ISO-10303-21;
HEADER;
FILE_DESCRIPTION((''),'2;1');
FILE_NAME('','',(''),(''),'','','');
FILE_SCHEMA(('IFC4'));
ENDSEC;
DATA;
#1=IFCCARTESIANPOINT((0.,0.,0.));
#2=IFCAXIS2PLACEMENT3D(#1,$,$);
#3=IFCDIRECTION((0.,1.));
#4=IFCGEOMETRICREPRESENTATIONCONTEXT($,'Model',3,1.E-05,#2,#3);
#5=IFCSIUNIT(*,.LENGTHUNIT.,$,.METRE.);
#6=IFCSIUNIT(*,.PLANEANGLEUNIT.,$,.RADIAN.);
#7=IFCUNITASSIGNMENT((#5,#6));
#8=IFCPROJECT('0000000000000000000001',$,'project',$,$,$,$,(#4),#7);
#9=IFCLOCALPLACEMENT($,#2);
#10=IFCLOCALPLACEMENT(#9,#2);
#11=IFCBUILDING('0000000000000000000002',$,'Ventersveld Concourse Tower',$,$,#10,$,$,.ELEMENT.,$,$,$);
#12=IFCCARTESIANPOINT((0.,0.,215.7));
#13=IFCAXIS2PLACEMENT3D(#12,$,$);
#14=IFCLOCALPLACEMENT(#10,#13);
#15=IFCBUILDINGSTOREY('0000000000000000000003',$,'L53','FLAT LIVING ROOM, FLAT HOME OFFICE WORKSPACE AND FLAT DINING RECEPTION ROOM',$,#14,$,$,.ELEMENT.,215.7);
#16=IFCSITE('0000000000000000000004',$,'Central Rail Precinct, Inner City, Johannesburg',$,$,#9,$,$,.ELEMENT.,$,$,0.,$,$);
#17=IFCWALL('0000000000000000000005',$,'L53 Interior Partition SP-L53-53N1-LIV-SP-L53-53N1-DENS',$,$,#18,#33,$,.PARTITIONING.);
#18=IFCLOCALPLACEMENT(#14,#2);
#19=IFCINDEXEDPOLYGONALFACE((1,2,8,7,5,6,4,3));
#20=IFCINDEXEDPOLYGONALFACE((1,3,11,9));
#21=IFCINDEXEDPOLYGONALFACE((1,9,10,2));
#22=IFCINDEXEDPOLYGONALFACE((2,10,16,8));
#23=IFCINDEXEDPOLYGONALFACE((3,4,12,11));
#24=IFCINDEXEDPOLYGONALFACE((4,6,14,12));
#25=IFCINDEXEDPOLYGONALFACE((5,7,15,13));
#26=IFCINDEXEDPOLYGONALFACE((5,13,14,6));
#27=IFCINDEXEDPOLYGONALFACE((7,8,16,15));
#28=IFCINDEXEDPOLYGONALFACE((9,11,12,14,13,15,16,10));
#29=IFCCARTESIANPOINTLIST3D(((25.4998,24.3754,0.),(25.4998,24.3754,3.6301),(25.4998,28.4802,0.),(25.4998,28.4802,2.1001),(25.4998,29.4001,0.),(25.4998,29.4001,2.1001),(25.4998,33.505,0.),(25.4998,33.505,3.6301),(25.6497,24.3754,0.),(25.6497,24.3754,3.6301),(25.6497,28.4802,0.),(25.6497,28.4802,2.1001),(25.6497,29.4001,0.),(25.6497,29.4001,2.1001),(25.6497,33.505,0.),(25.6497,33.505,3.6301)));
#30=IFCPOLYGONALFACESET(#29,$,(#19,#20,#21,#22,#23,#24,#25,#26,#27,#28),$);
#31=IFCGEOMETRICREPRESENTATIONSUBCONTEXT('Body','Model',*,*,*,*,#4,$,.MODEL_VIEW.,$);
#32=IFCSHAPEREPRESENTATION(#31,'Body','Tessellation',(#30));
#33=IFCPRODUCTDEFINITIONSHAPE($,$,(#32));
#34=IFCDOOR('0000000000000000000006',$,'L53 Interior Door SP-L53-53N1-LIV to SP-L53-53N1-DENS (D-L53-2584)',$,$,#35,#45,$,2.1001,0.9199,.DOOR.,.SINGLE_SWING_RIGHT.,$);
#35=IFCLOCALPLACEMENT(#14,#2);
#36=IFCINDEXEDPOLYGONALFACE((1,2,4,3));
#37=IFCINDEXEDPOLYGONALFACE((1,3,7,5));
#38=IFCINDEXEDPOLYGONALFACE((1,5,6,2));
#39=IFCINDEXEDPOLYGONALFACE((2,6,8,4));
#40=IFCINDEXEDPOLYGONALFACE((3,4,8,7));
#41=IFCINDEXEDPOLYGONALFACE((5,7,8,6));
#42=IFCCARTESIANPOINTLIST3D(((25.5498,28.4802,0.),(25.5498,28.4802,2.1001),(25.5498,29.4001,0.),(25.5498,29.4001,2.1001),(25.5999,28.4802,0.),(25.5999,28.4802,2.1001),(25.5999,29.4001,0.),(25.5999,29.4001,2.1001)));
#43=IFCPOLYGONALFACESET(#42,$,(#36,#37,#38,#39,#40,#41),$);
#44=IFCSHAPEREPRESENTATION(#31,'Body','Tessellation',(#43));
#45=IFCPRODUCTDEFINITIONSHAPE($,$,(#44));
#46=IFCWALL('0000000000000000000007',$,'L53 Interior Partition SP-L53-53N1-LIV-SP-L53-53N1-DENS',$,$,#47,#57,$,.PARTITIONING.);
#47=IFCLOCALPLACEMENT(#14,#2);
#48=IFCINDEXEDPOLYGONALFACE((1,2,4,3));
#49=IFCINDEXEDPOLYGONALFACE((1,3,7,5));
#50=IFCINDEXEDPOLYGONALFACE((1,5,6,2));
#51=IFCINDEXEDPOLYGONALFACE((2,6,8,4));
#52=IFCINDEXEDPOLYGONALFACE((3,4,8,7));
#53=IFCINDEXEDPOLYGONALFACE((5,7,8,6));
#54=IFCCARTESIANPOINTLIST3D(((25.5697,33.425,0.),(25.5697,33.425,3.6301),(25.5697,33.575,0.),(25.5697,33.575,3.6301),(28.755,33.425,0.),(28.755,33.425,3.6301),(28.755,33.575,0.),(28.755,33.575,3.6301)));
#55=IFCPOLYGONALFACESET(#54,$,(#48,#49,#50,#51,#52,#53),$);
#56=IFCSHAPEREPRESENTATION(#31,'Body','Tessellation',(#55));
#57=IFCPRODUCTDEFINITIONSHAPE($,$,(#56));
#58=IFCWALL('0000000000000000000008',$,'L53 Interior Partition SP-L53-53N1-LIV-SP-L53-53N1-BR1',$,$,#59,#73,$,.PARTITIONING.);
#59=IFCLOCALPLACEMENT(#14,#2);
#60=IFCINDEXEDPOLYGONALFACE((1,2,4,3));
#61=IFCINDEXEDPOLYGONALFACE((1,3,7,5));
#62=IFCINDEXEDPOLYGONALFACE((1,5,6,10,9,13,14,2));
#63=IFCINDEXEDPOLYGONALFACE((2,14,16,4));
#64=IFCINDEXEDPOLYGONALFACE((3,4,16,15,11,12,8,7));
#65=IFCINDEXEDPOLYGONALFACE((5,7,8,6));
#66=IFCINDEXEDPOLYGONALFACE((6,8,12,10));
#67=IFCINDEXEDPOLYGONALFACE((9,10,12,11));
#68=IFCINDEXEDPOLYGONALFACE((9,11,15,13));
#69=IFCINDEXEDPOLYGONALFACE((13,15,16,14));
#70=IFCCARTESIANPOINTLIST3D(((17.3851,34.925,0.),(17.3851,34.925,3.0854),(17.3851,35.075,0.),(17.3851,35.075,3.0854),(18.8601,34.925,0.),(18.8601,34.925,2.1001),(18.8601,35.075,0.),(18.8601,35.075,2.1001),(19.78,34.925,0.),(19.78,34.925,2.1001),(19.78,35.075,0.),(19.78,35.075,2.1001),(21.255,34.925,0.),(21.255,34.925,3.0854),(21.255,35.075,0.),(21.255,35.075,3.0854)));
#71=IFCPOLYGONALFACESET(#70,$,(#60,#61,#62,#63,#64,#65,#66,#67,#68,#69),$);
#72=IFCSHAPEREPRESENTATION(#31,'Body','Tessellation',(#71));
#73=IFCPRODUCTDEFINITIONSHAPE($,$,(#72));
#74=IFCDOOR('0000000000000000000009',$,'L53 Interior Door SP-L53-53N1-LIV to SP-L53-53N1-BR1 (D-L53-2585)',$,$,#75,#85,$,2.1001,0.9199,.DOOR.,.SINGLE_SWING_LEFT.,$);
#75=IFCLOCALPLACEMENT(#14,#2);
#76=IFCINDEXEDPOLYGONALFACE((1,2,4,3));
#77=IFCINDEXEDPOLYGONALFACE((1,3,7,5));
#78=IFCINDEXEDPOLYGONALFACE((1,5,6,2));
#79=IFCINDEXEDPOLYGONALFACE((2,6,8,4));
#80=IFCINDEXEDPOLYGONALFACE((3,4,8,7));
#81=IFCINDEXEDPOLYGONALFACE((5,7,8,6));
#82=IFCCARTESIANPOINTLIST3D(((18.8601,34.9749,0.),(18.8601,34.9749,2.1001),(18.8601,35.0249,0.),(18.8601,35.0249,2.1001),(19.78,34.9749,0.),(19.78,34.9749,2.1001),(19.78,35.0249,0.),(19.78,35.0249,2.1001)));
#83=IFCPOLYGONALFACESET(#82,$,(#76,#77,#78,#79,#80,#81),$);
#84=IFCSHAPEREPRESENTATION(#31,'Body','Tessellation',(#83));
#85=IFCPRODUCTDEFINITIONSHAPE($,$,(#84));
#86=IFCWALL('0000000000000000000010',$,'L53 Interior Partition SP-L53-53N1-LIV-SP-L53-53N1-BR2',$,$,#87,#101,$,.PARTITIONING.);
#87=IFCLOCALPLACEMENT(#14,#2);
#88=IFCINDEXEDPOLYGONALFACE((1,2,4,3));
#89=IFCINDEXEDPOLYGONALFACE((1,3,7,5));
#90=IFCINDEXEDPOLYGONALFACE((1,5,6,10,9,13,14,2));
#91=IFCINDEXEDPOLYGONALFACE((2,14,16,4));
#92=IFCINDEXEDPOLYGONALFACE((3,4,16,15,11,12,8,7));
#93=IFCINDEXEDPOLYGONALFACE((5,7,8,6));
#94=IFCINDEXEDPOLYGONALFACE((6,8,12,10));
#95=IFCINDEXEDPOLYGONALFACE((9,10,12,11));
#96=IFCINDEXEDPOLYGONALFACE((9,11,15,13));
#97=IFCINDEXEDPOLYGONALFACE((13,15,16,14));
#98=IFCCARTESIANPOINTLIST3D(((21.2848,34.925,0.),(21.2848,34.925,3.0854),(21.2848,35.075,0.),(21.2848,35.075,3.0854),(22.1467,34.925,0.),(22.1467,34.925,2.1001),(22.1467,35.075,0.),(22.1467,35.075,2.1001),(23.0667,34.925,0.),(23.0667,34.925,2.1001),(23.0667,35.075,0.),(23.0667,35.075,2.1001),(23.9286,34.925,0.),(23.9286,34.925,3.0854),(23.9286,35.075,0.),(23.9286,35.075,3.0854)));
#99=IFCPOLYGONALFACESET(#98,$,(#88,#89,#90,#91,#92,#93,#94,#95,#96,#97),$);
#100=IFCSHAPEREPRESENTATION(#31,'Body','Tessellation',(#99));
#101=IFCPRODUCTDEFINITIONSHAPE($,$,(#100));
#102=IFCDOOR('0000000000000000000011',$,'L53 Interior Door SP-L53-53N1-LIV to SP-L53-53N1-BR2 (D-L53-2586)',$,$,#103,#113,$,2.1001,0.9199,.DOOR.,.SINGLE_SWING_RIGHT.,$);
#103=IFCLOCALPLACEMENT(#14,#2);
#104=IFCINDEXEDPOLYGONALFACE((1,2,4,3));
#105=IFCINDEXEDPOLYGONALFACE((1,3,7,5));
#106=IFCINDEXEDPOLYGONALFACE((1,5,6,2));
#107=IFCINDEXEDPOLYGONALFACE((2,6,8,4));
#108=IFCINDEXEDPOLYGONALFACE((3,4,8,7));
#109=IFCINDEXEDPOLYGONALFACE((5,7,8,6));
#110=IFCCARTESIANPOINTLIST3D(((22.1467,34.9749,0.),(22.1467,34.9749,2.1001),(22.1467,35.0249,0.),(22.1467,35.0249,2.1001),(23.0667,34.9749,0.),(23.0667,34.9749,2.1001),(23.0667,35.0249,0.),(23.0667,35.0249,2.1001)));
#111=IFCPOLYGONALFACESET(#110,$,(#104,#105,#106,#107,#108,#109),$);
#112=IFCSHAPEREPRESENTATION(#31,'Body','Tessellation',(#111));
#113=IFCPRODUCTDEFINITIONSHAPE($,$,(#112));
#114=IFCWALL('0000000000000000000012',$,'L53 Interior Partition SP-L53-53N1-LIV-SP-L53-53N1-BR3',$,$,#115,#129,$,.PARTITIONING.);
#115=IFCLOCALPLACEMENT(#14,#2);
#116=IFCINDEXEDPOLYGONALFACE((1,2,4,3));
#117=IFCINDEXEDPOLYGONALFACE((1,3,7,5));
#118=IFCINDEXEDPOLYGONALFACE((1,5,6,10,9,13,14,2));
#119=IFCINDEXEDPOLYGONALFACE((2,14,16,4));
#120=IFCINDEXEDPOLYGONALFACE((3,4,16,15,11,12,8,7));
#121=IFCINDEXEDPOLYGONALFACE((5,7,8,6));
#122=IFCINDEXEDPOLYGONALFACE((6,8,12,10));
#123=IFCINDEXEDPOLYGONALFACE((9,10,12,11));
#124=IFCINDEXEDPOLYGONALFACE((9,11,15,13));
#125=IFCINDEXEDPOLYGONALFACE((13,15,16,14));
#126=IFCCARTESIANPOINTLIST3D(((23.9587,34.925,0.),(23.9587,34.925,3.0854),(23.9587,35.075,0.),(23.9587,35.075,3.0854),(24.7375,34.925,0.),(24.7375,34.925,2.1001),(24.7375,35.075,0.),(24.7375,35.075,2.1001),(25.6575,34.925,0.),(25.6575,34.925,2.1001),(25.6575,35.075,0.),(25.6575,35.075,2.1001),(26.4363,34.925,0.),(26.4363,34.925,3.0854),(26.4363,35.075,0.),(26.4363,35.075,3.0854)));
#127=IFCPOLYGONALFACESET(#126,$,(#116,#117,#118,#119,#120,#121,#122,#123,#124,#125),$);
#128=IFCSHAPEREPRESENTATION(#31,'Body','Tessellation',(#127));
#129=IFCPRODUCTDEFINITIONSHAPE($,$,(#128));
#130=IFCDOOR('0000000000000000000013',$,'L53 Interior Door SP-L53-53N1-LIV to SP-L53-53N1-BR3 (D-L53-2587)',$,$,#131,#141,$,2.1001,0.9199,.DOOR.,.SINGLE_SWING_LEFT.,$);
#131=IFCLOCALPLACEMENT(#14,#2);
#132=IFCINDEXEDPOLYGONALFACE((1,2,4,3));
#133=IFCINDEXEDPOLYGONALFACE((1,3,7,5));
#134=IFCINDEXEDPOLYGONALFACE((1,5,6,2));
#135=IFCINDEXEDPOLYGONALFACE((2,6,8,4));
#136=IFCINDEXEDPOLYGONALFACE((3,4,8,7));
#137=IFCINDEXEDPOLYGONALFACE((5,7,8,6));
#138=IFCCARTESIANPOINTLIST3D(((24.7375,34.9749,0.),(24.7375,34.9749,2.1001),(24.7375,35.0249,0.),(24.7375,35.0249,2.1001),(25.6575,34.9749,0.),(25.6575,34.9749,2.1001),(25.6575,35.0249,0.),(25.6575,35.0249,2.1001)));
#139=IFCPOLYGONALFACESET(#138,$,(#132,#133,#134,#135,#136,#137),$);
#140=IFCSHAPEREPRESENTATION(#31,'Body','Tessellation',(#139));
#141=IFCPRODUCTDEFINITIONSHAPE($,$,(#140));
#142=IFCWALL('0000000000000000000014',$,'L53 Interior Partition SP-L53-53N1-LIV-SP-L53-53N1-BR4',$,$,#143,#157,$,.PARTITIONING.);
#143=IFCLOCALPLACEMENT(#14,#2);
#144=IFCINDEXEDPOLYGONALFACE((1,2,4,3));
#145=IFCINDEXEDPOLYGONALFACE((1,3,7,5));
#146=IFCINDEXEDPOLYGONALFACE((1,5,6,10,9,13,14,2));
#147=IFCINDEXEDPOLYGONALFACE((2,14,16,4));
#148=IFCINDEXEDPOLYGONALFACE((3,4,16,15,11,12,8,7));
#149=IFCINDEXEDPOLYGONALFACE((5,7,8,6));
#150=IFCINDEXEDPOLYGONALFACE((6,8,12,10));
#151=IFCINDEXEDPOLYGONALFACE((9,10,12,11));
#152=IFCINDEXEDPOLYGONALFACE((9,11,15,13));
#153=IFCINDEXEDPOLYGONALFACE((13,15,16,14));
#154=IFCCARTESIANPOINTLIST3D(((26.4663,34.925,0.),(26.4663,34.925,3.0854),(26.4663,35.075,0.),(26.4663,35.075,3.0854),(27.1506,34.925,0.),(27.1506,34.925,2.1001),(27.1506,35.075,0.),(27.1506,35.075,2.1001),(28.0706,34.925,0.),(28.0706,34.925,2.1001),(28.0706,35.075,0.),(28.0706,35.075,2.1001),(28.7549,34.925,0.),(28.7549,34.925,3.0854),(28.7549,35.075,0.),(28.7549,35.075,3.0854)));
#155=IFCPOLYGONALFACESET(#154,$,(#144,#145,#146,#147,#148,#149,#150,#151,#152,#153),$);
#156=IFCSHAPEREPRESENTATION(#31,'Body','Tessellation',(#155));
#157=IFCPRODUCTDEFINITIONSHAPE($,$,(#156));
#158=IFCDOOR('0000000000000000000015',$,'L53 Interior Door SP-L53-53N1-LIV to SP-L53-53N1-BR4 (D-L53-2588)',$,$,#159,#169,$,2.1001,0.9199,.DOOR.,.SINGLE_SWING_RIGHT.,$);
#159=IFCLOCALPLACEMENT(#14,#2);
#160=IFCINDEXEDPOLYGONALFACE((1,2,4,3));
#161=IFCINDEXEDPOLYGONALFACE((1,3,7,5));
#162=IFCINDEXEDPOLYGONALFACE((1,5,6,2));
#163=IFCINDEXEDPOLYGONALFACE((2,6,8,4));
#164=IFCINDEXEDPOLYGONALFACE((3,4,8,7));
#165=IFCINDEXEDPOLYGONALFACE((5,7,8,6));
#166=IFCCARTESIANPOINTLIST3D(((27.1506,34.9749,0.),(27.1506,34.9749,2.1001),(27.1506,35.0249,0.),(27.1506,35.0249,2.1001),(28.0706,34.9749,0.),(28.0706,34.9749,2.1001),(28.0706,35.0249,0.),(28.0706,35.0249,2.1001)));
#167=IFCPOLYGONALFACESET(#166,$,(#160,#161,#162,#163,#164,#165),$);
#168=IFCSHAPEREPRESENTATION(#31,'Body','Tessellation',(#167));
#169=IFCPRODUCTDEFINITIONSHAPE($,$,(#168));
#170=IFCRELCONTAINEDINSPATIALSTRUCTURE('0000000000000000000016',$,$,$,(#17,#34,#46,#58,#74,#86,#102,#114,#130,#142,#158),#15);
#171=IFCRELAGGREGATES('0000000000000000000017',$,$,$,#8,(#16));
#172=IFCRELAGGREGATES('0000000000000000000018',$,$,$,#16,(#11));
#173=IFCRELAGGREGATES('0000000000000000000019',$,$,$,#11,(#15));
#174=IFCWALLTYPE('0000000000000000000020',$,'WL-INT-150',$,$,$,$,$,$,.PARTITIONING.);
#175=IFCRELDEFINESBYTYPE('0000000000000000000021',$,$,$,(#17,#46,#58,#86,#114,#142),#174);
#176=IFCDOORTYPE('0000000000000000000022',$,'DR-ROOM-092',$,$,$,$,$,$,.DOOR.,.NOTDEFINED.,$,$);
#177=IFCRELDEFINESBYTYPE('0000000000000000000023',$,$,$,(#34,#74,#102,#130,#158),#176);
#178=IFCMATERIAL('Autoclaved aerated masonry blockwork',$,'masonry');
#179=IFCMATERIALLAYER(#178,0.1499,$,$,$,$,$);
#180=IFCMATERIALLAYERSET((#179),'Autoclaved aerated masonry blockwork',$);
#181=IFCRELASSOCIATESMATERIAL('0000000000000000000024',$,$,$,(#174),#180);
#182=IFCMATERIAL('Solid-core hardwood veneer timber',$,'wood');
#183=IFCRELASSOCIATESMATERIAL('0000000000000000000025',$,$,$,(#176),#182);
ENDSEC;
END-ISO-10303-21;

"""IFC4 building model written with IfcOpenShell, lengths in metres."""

from ifc_helpers import new_model, si_unit, direction, frame, frame_2d, origin, place, context, subcontext, project, spatial, rectangle, extrude, material, layer, layer_set, type_object, element, fill, save


model = new_model("IFC4")

# Units and contexts
model_context = context("Model", 3, precision=1e-05, world=origin(), true_north=direction((0.0, 1.0)))
body_context = subcontext(model_context, "Body", "Model", "MODEL_VIEW")
ifc_project = project(units=[si_unit("LENGTHUNIT", "METRE"), si_unit("PLANEANGLEUNIT", "RADIAN")], contexts=[model_context])

# Site, building, storey
site_placement = place(None, origin())
site = spatial("IfcSite", under=ifc_project, at=site_placement, Name="Central Rail Precinct, Inner City, Johannesburg", CompositionType="ELEMENT", RefElevation=0.0)
building_placement = place(site_placement, origin())
building = spatial("IfcBuilding", under=site, at=building_placement, Name="Ventersveld Concourse Tower", CompositionType="ELEMENT")
storey_placement = place(building_placement, frame((0.0, 0.0, 215.7)))
storey = spatial("IfcBuildingStorey", under=building, at=storey_placement, Name="L53", Description="FLAT LIVING ROOM, FLAT HOME OFFICE WORKSPACE AND FLAT DINING RECEPTION ROOM", CompositionType="ELEMENT", Elevation=215.7)

# Shared definitions
ifc_material_1 = material(Name="Autoclaved aerated masonry blockwork", Category="masonry")
ifc_layer_1 = layer(ifc_material_1, 0.1499)
ifc_layer_set_1 = layer_set([ifc_layer_1], Name="Autoclaved aerated masonry blockwork")
wall_type_1 = type_object("IfcWallType", Name="WL-INT-150", PredefinedType="PARTITIONING", material=ifc_layer_set_1)

# Wall, opening, door
wall_1_placement = place(storey_placement, frame((25.5747, 24.3752, 0.0), z_axis=(0.0, 0.0, 1.0), x_axis=(0.0, 1.0, 0.0)))
wall_1 = element("IfcWall", 1, at=wall_1_placement, inside=storey, type_object=wall_type_1, Name="L53 Interior Partition SP-L53-53N1-LIV-SP-L53-53N1-DENS", PredefinedType="PARTITIONING", context=body_context, shape_type="SweptSolid", body=[
    extrude(rectangle(XDim=9.1296, YDim=0.1499, at=frame_2d((4.5649, 0.0))), origin(), (0.0, 0.0, 1.0), 3.6301),
])
opening_1_placement = place(wall_1_placement, frame((4.105, 0.0, 0.0)))
opening_1 = element("IfcOpeningElement", 2, at=opening_1_placement, cuts=wall_1, PredefinedType="OPENING", context=body_context, shape_type="SweptSolid", body=[
    extrude(rectangle(XDim=0.9199, YDim=2.1001, at=frame_2d((0.46, 1.05))), frame((0.0, 0.085, 0.0), z_axis=(0.0, -1.0, 0.0), x_axis=(1.0, 0.0, 0.0)), (0.0, 0.0, 1.0), 0.1699),
])
ifc_material_2 = material(Name="Solid-core hardwood veneer timber", Category="wood")
door_type = type_object("IfcDoorType", Name="DR-ROOM-092", OperationType="NOTDEFINED", PredefinedType="DOOR", material=ifc_material_2)
door_1_placement = place(opening_1_placement, origin())
door_1 = element("IfcDoor", 3, at=door_1_placement, inside=storey, type_object=door_type, Name="L53 Interior Door SP-L53-53N1-LIV to SP-L53-53N1-DENS (D-L53-2584)", OperationType="SINGLE_SWING_RIGHT", OverallHeight=2.1001, OverallWidth=0.9199, PredefinedType="DOOR", context=body_context, shape_type="SweptSolid", body=[
    extrude(rectangle(XDim=0.9199, YDim=2.1001, at=frame_2d((0.46, 1.05))), frame((0.0, 0.0249, 0.0), z_axis=(0.0, -1.0, 0.0), x_axis=(1.0, 0.0, 0.0)), (0.0, 0.0, 1.0), 0.05),
])
fill(opening_1, door_1)

# Wall
wall_2_placement = place(storey_placement, frame((25.5696, 33.5, 0.0), z_axis=(0.0, 0.0, 1.0), x_axis=(1.0, 0.0, 0.0)))
element("IfcWall", 4, at=wall_2_placement, inside=storey, type_object=wall_type_1, Name="L53 Interior Partition SP-L53-53N1-LIV-SP-L53-53N1-DENS", PredefinedType="PARTITIONING", context=body_context, shape_type="SweptSolid", body=[
    extrude(rectangle(XDim=3.1853, YDim=0.1499, at=frame_2d((1.5928, 0.0))), origin(), (0.0, 0.0, 1.0), 3.6301),
])

# Walls, openings, doors
wall_3_placement = place(storey_placement, frame((17.385, 35.0, 0.0), z_axis=(0.0, 0.0, 1.0), x_axis=(1.0, 0.0, 0.0)))
wall_3 = element("IfcWall", 5, at=wall_3_placement, inside=storey, type_object=wall_type_1, Name="L53 Interior Partition SP-L53-53N1-LIV-SP-L53-53N1-BR1", PredefinedType="PARTITIONING", context=body_context, shape_type="SweptSolid", body=[
    extrude(rectangle(XDim=3.8699, YDim=0.1499, at=frame_2d((1.9351, 0.0))), origin(), (0.0, 0.0, 1.0), 3.0854),
])
opening_2_placement = place(wall_3_placement, frame((1.4751, 0.0, 0.0)))
opening_2 = element("IfcOpeningElement", 6, at=opening_2_placement, cuts=wall_3, PredefinedType="OPENING", context=body_context, shape_type="SweptSolid", body=[
    extrude(rectangle(XDim=0.9199, YDim=2.1001, at=frame_2d((0.46, 1.05))), frame((0.0, 0.085, 0.0), z_axis=(0.0, -1.0, 0.0), x_axis=(1.0, 0.0, 0.0)), (0.0, 0.0, 1.0), 0.1699),
])
door_2_placement = place(opening_2_placement, origin())
door_2 = element("IfcDoor", 7, at=door_2_placement, inside=storey, type_object=door_type, Name="L53 Interior Door SP-L53-53N1-LIV to SP-L53-53N1-BR1 (D-L53-2585)", OperationType="SINGLE_SWING_LEFT", OverallHeight=2.1001, OverallWidth=0.9199, PredefinedType="DOOR", context=body_context, shape_type="SweptSolid", body=[
    extrude(rectangle(XDim=0.9199, YDim=2.1001, at=frame_2d((0.46, 1.05))), frame((0.0, 0.0249, 0.0), z_axis=(0.0, -1.0, 0.0), x_axis=(1.0, 0.0, 0.0)), (0.0, 0.0, 1.0), 0.05),
])
fill(opening_2, door_2)
wall_4_placement = place(storey_placement, frame((21.2849, 35.0, 0.0), z_axis=(0.0, 0.0, 1.0), x_axis=(1.0, 0.0, 0.0)))
wall_4 = element("IfcWall", 8, at=wall_4_placement, inside=storey, type_object=wall_type_1, Name="L53 Interior Partition SP-L53-53N1-LIV-SP-L53-53N1-BR2", PredefinedType="PARTITIONING", context=body_context, shape_type="SweptSolid", body=[
    extrude(rectangle(XDim=2.6438, YDim=0.1499, at=frame_2d((1.3218, 0.0))), origin(), (0.0, 0.0, 1.0), 3.0854),
])
opening_3_placement = place(wall_4_placement, frame((0.8618, 0.0, 0.0)))
opening_3 = element("IfcOpeningElement", 9, at=opening_3_placement, cuts=wall_4, PredefinedType="OPENING", context=body_context, shape_type="SweptSolid", body=[
    extrude(rectangle(XDim=0.9199, YDim=2.1001, at=frame_2d((0.46, 1.05))), frame((0.0, 0.085, 0.0), z_axis=(0.0, -1.0, 0.0), x_axis=(1.0, 0.0, 0.0)), (0.0, 0.0, 1.0), 0.1699),
])
door_3_placement = place(opening_3_placement, origin())
door_3 = element("IfcDoor", 10, at=door_3_placement, inside=storey, type_object=door_type, Name="L53 Interior Door SP-L53-53N1-LIV to SP-L53-53N1-BR2 (D-L53-2586)", OperationType="SINGLE_SWING_RIGHT", OverallHeight=2.1001, OverallWidth=0.9199, PredefinedType="DOOR", context=body_context, shape_type="SweptSolid", body=[
    extrude(rectangle(XDim=0.9199, YDim=2.1001, at=frame_2d((0.46, 1.05))), frame((0.0, 0.0249, 0.0), z_axis=(0.0, -1.0, 0.0), x_axis=(1.0, 0.0, 0.0)), (0.0, 0.0, 1.0), 0.05),
])
fill(opening_3, door_3)
wall_5_placement = place(storey_placement, frame((23.9587, 35.0, 0.0), z_axis=(0.0, 0.0, 1.0), x_axis=(1.0, 0.0, 0.0)))
wall_5 = element("IfcWall", 11, at=wall_5_placement, inside=storey, type_object=wall_type_1, Name="L53 Interior Partition SP-L53-53N1-LIV-SP-L53-53N1-BR3", PredefinedType="PARTITIONING", context=body_context, shape_type="SweptSolid", body=[
    extrude(rectangle(XDim=2.4775, YDim=0.1499, at=frame_2d((1.2388, 0.0))), origin(), (0.0, 0.0, 1.0), 3.0854),
])
opening_4_placement = place(wall_5_placement, frame((0.7788, 0.0, 0.0)))
opening_4 = element("IfcOpeningElement", 12, at=opening_4_placement, cuts=wall_5, PredefinedType="OPENING", context=body_context, shape_type="SweptSolid", body=[
    extrude(rectangle(XDim=0.9199, YDim=2.1001, at=frame_2d((0.46, 1.05))), frame((0.0, 0.085, 0.0), z_axis=(0.0, -1.0, 0.0), x_axis=(1.0, 0.0, 0.0)), (0.0, 0.0, 1.0), 0.1699),
])
door_4_placement = place(opening_4_placement, origin())
door_4 = element("IfcDoor", 13, at=door_4_placement, inside=storey, type_object=door_type, Name="L53 Interior Door SP-L53-53N1-LIV to SP-L53-53N1-BR3 (D-L53-2587)", OperationType="SINGLE_SWING_LEFT", OverallHeight=2.1001, OverallWidth=0.9199, PredefinedType="DOOR", context=body_context, shape_type="SweptSolid", body=[
    extrude(rectangle(XDim=0.9199, YDim=2.1001, at=frame_2d((0.46, 1.05))), frame((0.0, 0.0249, 0.0), z_axis=(0.0, -1.0, 0.0), x_axis=(1.0, 0.0, 0.0)), (0.0, 0.0, 1.0), 0.05),
])
fill(opening_4, door_4)
wall_6_placement = place(storey_placement, frame((26.4663, 35.0, 0.0), z_axis=(0.0, 0.0, 1.0), x_axis=(1.0, 0.0, 0.0)))
wall_6 = element("IfcWall", 14, at=wall_6_placement, inside=storey, type_object=wall_type_1, Name="L53 Interior Partition SP-L53-53N1-LIV-SP-L53-53N1-BR4", PredefinedType="PARTITIONING", context=body_context, shape_type="SweptSolid", body=[
    extrude(rectangle(XDim=2.2886, YDim=0.1499, at=frame_2d((1.1443, 0.0))), origin(), (0.0, 0.0, 1.0), 3.0854),
])
opening_5_placement = place(wall_6_placement, frame((0.6843, 0.0, 0.0)))
opening_5 = element("IfcOpeningElement", 15, at=opening_5_placement, cuts=wall_6, PredefinedType="OPENING", context=body_context, shape_type="SweptSolid", body=[
    extrude(rectangle(XDim=0.9199, YDim=2.1001, at=frame_2d((0.46, 1.05))), frame((0.0, 0.085, 0.0), z_axis=(0.0, -1.0, 0.0), x_axis=(1.0, 0.0, 0.0)), (0.0, 0.0, 1.0), 0.1699),
])
door_5_placement = place(opening_5_placement, origin())
door_5 = element("IfcDoor", 16, at=door_5_placement, inside=storey, type_object=door_type, Name="L53 Interior Door SP-L53-53N1-LIV to SP-L53-53N1-BR4 (D-L53-2588)", OperationType="SINGLE_SWING_RIGHT", OverallHeight=2.1001, OverallWidth=0.9199, PredefinedType="DOOR", context=body_context, shape_type="SweptSolid", body=[
    extrude(rectangle(XDim=0.9199, YDim=2.1001, at=frame_2d((0.46, 1.05))), frame((0.0, 0.0249, 0.0), z_axis=(0.0, -1.0, 0.0), x_axis=(1.0, 0.0, 0.0)), (0.0, 0.0, 1.0), 0.05),
])
fill(opening_5, door_5)

save(model, "model.ifc")
